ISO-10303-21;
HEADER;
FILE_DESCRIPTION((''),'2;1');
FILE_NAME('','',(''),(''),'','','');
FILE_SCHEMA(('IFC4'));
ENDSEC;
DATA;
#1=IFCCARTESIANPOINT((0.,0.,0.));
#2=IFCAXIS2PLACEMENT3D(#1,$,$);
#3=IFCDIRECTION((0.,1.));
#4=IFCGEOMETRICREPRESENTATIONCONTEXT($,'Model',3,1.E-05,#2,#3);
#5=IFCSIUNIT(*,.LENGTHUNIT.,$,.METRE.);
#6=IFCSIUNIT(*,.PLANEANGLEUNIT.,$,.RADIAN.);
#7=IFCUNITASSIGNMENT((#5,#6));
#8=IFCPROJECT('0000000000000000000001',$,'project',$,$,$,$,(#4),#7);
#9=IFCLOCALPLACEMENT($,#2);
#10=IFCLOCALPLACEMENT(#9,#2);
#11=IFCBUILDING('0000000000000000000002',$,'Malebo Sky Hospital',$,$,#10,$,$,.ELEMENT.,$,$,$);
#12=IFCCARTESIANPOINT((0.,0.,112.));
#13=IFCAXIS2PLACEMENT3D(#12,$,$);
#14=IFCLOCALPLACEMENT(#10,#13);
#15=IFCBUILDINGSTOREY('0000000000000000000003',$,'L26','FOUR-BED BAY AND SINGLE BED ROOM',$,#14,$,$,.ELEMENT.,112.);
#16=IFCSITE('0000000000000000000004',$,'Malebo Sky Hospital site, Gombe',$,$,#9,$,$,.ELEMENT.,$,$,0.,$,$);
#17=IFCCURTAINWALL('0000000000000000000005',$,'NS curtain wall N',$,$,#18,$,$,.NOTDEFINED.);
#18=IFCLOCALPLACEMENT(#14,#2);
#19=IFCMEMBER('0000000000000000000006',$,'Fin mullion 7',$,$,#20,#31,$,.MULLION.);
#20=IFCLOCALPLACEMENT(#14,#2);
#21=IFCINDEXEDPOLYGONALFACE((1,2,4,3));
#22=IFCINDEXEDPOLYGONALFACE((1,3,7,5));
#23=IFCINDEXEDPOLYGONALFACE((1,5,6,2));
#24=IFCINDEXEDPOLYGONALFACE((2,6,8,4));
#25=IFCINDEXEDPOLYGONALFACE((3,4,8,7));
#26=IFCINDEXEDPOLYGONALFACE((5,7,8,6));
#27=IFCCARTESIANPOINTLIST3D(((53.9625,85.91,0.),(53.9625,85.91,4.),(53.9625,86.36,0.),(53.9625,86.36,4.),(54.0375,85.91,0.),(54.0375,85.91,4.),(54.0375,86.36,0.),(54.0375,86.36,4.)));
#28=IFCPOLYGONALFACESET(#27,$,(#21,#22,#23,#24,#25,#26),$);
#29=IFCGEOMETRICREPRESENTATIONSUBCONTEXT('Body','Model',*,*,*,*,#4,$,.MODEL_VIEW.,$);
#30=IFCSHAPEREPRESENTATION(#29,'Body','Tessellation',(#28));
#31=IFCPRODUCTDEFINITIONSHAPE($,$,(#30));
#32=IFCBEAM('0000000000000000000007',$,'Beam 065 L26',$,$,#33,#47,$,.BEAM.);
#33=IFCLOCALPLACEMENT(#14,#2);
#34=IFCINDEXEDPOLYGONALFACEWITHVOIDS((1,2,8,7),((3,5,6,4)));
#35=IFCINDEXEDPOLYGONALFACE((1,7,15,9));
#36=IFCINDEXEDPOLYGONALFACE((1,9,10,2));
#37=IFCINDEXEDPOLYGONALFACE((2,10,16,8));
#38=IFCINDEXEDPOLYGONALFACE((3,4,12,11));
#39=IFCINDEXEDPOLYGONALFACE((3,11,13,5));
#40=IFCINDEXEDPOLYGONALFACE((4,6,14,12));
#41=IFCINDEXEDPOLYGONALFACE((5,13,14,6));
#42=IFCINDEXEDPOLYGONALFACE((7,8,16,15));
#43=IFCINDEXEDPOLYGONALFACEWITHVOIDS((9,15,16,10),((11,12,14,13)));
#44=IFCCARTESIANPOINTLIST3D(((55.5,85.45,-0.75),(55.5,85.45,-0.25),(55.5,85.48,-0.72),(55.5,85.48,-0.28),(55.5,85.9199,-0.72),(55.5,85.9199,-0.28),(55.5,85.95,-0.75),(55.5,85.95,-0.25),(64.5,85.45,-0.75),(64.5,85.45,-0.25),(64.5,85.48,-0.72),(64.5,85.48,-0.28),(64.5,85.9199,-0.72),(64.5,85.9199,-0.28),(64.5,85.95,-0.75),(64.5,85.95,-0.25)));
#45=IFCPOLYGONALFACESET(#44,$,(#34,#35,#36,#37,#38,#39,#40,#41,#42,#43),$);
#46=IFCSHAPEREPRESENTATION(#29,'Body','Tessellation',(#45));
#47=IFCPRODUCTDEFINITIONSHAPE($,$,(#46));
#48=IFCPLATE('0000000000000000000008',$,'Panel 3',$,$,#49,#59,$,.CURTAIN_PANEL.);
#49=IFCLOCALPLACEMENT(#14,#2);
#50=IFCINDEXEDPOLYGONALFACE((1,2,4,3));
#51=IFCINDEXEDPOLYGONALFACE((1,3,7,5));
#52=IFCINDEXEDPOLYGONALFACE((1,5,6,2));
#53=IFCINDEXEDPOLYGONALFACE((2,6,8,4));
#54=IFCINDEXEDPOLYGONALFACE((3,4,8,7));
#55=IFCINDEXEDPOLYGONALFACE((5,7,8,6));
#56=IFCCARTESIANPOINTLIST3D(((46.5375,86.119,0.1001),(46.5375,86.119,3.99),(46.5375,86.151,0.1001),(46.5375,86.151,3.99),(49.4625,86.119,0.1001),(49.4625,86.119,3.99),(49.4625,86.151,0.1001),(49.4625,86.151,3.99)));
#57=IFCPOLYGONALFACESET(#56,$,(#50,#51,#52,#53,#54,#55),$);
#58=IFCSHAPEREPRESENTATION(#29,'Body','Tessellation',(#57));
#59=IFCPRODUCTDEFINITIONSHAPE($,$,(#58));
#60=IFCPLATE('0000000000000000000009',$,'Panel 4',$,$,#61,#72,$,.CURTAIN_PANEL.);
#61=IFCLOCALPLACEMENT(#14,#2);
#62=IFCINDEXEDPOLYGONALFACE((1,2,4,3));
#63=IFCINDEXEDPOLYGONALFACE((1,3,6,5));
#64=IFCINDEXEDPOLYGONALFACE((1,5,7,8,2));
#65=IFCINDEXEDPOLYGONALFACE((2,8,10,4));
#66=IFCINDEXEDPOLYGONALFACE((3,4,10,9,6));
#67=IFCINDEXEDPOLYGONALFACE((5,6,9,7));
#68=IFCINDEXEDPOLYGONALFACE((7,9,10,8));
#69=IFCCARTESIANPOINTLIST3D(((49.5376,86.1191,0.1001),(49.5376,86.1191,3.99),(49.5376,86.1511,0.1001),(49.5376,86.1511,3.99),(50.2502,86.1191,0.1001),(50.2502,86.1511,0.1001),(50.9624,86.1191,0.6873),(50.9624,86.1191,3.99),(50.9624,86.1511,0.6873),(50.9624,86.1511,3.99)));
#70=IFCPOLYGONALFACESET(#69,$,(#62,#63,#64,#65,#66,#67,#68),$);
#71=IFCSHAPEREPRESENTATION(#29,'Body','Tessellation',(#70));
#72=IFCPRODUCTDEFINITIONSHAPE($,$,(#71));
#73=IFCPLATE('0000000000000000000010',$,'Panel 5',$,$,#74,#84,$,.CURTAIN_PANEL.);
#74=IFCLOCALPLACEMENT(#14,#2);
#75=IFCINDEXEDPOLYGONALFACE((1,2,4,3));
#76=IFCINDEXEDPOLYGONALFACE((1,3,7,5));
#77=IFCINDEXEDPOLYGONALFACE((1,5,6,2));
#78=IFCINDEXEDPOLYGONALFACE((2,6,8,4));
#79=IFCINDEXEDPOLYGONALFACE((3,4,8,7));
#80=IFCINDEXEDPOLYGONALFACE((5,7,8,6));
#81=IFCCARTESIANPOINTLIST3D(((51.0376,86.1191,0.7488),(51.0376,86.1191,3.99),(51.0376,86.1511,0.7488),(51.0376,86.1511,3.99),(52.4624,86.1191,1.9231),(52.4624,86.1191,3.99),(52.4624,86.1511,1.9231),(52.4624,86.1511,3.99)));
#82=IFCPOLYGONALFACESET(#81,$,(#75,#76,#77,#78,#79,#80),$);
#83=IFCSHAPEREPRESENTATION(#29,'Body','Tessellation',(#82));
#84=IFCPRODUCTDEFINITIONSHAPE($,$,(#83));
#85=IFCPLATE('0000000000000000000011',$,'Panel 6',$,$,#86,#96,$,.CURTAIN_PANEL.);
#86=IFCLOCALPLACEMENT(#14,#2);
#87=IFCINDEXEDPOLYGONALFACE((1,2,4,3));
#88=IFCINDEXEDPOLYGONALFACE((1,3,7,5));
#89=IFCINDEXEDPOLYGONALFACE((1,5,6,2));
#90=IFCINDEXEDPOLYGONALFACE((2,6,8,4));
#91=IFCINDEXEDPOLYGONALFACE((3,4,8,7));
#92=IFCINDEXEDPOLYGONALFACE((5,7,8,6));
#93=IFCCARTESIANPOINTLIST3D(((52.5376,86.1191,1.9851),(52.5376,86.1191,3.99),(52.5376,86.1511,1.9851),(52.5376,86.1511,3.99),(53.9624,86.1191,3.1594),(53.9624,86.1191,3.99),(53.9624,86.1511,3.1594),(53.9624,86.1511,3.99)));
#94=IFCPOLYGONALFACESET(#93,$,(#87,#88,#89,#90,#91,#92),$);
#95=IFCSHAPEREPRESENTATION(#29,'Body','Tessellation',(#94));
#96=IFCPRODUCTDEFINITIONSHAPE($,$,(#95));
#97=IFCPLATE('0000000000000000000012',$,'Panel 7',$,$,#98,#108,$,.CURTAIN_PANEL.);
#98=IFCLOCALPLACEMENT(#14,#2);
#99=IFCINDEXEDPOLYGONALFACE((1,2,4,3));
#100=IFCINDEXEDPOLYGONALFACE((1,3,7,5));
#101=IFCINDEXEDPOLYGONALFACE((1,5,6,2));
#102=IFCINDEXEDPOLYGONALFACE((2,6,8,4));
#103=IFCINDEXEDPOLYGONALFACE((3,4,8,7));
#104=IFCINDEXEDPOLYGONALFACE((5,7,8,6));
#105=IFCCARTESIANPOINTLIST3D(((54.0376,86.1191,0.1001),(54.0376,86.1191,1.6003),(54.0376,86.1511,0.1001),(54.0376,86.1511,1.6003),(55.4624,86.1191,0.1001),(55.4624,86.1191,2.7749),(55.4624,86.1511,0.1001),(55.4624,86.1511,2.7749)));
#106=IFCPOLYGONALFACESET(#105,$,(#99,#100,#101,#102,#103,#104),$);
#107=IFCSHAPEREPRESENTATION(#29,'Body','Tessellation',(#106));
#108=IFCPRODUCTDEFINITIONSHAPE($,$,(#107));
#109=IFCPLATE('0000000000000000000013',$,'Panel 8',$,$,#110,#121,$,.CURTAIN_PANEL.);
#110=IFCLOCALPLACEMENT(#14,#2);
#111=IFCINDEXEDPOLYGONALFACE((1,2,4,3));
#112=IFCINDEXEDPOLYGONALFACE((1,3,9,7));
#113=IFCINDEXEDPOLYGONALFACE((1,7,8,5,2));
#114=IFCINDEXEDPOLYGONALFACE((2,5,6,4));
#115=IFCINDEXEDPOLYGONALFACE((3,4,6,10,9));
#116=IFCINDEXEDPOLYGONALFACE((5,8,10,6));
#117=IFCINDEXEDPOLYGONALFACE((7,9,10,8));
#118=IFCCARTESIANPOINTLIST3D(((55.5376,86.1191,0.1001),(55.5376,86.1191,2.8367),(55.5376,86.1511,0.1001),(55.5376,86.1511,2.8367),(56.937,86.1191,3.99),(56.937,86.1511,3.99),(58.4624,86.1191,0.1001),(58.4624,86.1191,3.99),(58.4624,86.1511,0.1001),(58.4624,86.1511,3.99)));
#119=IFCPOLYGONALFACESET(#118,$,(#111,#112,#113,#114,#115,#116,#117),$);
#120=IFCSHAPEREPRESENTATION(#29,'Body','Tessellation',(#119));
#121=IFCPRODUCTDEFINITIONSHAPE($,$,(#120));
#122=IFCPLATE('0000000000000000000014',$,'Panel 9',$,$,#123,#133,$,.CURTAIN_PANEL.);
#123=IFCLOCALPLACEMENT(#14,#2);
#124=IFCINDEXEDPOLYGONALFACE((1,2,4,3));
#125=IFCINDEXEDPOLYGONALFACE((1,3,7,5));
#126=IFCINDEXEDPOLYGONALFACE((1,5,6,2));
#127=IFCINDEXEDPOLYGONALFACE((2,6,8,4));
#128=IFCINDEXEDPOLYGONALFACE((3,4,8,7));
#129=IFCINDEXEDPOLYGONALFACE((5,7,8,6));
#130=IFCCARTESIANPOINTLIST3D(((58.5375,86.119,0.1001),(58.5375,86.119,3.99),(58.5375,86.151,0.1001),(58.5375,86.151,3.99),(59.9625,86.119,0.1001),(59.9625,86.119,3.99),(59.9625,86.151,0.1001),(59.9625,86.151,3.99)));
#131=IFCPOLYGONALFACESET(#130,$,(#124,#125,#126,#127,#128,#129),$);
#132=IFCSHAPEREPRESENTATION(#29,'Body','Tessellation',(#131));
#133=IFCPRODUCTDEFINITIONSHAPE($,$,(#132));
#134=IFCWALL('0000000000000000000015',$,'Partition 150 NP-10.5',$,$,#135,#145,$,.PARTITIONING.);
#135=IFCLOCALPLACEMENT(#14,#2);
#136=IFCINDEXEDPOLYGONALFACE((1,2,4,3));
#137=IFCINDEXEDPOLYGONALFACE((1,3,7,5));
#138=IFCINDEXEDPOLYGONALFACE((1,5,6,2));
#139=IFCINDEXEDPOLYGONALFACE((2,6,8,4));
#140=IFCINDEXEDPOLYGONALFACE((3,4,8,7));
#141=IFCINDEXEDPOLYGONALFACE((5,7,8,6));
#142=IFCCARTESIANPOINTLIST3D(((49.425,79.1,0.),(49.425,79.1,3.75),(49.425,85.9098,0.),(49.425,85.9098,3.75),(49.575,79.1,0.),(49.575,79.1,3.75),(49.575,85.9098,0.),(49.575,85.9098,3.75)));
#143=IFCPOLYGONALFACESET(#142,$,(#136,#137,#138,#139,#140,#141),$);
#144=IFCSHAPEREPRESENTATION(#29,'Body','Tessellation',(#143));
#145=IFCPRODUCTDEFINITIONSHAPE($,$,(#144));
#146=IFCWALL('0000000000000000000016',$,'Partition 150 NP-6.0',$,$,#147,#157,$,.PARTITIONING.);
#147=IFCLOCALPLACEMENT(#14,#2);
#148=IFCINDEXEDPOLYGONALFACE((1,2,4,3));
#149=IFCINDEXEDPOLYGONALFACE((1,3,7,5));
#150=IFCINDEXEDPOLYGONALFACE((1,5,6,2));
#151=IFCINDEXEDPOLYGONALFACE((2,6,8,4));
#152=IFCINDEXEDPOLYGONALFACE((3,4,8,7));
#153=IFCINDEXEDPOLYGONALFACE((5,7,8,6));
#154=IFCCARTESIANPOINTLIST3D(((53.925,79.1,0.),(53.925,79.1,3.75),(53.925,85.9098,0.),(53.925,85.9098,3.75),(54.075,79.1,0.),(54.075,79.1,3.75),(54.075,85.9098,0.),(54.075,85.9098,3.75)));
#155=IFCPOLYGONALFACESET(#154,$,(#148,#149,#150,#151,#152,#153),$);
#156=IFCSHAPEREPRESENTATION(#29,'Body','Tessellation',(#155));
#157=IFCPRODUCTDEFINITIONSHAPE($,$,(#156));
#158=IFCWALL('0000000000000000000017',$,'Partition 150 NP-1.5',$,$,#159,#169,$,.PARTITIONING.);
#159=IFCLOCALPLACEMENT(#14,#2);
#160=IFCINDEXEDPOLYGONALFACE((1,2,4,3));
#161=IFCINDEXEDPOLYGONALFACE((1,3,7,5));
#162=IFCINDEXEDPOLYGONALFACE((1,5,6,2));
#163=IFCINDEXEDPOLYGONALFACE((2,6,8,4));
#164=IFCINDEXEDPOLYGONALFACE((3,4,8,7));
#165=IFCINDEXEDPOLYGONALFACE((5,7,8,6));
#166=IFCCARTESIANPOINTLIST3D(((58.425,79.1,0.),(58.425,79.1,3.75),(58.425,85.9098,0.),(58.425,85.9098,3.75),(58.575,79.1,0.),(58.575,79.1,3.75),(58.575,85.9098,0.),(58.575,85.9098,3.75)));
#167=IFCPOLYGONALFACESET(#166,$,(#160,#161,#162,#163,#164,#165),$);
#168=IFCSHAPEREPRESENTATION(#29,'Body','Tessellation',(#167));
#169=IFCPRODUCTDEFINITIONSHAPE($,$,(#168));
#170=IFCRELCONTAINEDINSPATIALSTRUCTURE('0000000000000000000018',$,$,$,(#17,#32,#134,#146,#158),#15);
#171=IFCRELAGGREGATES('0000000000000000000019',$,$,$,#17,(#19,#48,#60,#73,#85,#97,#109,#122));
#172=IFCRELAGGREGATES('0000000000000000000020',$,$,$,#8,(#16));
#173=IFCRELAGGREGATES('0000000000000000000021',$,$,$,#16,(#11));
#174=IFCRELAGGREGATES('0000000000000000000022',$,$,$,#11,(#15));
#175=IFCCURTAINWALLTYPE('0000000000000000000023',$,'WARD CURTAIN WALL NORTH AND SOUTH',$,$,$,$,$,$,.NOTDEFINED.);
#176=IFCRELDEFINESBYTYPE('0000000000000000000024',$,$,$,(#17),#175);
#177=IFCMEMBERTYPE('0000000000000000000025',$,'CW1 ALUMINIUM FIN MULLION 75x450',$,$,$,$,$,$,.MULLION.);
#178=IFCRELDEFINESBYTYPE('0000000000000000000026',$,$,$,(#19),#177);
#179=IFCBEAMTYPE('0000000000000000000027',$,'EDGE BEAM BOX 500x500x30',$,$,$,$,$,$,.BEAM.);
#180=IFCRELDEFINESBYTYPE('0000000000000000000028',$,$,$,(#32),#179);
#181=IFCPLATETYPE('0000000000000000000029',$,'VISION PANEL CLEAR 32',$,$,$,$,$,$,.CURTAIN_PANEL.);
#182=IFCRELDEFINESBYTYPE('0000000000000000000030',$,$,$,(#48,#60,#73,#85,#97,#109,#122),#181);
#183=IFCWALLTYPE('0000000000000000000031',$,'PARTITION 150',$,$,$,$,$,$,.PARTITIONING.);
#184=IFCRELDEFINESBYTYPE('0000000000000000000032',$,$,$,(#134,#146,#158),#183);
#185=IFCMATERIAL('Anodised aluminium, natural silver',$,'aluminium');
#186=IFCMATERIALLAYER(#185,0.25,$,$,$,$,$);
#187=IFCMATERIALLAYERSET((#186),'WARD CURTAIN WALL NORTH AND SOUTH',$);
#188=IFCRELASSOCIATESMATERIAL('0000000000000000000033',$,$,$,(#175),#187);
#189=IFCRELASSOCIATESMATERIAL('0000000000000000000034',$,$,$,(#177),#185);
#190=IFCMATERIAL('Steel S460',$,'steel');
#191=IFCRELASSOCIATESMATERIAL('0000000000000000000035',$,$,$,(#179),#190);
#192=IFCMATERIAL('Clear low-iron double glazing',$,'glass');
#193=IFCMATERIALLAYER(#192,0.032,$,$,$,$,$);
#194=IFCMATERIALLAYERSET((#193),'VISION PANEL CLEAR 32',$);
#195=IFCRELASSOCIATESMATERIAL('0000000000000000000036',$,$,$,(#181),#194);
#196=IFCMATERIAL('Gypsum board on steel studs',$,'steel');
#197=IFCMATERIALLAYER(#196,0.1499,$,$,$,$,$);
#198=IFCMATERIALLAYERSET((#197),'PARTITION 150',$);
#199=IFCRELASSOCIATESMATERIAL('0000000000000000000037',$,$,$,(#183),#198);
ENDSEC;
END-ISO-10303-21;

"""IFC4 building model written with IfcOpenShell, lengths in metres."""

from ifc_helpers import new_model, si_unit, direction, frame, frame_2d, origin, origin_2d, place, context, subcontext, project, spatial, polyline, rectangle, hollow_rectangle, outline, extrude, material, layer, layer_set, material_profile, profile_set, type_object, element, aggregate, save


model = new_model("IFC4")

# Units and contexts
model_context = context("Model", 3, precision=1e-05, world=origin(), true_north=direction((0.0, 1.0)))
body_context = subcontext(model_context, "Body", "Model", "MODEL_VIEW")
ifc_project = project(units=[si_unit("LENGTHUNIT", "METRE"), si_unit("PLANEANGLEUNIT", "RADIAN")], contexts=[model_context])

# Site, building, storey
site_placement = place(None, origin())
site = spatial("IfcSite", under=ifc_project, at=site_placement, Name="Malebo Sky Hospital site, Gombe", CompositionType="ELEMENT", RefElevation=0.0)
building_placement = place(site_placement, origin())
building = spatial("IfcBuilding", under=site, at=building_placement, Name="Malebo Sky Hospital", CompositionType="ELEMENT")
storey_placement = place(building_placement, frame((0.0, 0.0, 112.0)))
storey = spatial("IfcBuildingStorey", under=building, at=storey_placement, Name="L26", Description="FOUR-BED BAY AND SINGLE BED ROOM", CompositionType="ELEMENT", Elevation=112.0)

# Shared definitions
ifc_material_1 = material(Name="Steel S460", Category="steel")

# Curtain wall
ifc_material_2 = material(Name="Anodised aluminium, natural silver", Category="aluminium")
ifc_layer_1 = layer(ifc_material_2, 0.25)
ifc_layer_set_1 = layer_set([ifc_layer_1], Name="WARD CURTAIN WALL NORTH AND SOUTH")
curtain_wall_type = type_object("IfcCurtainWallType", Name="WARD CURTAIN WALL NORTH AND SOUTH", PredefinedType="NOTDEFINED", material=ifc_layer_set_1)
curtain_wall_placement = place(storey_placement, origin())
curtain_wall = element("IfcCurtainWall", 1, at=curtain_wall_placement, inside=storey, type_object=curtain_wall_type, Name="NS curtain wall N", PredefinedType="NOTDEFINED")

# Member
ifc_material_profile_1 = material_profile(ifc_material_2, rectangle(XDim=0.075, YDim=0.45, at=origin_2d()), Name="CW1 ALUMINIUM FIN MULLION 75x450")
ifc_profile_set_1 = profile_set([ifc_material_profile_1], Name="Anodised aluminium, natural silver")
member_type_1 = type_object("IfcMemberType", Name="CW1 ALUMINIUM FIN MULLION 75x450", PredefinedType="MULLION", material=ifc_profile_set_1)
member_1_placement = place(storey_placement, frame((54.0, 86.135, 0.0), z_axis=(0.0, 0.0, 1.0), x_axis=(1.0, 0.0, 0.0)))
member_1 = element("IfcMember", 2, at=member_1_placement, type_object=member_type_1, Name="Fin mullion 7", PredefinedType="MULLION", context=body_context, shape_type="SweptSolid", body=[
    extrude(rectangle(XDim=0.075, YDim=0.45, at=origin_2d()), origin(), (0.0, 0.0, 1.0), 4.0),
])

# Beam
ifc_material_profile_2 = material_profile(ifc_material_1, hollow_rectangle(XDim=0.5, YDim=0.5, WallThickness=0.03, at=origin_2d()), Name="BOX 500x500x30")
ifc_profile_set_2 = profile_set([ifc_material_profile_2], Name="Steel S460")
beam_type = type_object("IfcBeamType", Name="EDGE BEAM BOX 500x500x30", PredefinedType="BEAM", material=ifc_profile_set_2)
beam_placement = place(storey_placement, frame((55.5, 85.7, -0.5), z_axis=(1.0, 0.0, 0.0), x_axis=(0.0, 1.0, 0.0)))
element("IfcBeam", 3, at=beam_placement, inside=storey, type_object=beam_type, Name="Beam 065 L26", PredefinedType="BEAM", context=body_context, shape_type="SweptSolid", body=[
    extrude(hollow_rectangle(XDim=0.5, YDim=0.5, WallThickness=0.03, at=origin_2d()), origin(), (0.0, 0.0, 1.0), 9.0),
])

# Plates
ifc_material_3 = material(Name="Clear low-iron double glazing", Category="glass")
ifc_layer_2 = layer(ifc_material_3, 0.032)
ifc_layer_set_2 = layer_set([ifc_layer_2], Name="VISION PANEL CLEAR 32")
plate_type = type_object("IfcPlateType", Name="VISION PANEL CLEAR 32", PredefinedType="CURTAIN_PANEL", material=ifc_layer_set_2)
plate_1_placement = place(storey_placement, frame((48.0, 86.135, 0.1001), z_axis=(0.0, 0.0, 1.0), x_axis=(1.0, 0.0, 0.0)))
plate_1 = element("IfcPlate", 4, at=plate_1_placement, type_object=plate_type, Name="Panel 3", PredefinedType="CURTAIN_PANEL", context=body_context, shape_type="SweptSolid", body=[
    extrude(rectangle(XDim=2.925, YDim=0.032, at=origin_2d()), origin(), (0.0, 0.0, 1.0), 3.8899),
])
plate_2_placement = place(storey_placement, frame((50.25, 86.135, 0.1001), z_axis=(0.0, 0.0, 1.0), x_axis=(1.0, 0.0, 0.0)))
plate_2 = element("IfcPlate", 5, at=plate_2_placement, type_object=plate_type, Name="Panel 4", PredefinedType="CURTAIN_PANEL", context=body_context, shape_type="SweptSolid", body=[
    extrude(outline(polyline([(-0.7124, 0.0), (0.0002, 0.0), (0.7124, 0.5872), (0.7124, 3.8899), (-0.7124, 3.8899), (-0.7124, 0.0)])), frame((0.0, 0.0161, 0.0), z_axis=(0.0, -1.0, 0.0), x_axis=(1.0, 0.0, 0.0)), (0.0, 0.0, 1.0), 0.032),
])
plate_3_placement = place(storey_placement, frame((51.75, 86.135, 0.7488), z_axis=(0.0, 0.0, 1.0), x_axis=(1.0, 0.0, 0.0)))
plate_3 = element("IfcPlate", 6, at=plate_3_placement, type_object=plate_type, Name="Panel 5", PredefinedType="CURTAIN_PANEL", context=body_context, shape_type="SweptSolid", body=[
    extrude(outline(polyline([(-0.7124, 0.0), (0.7124, 1.1743), (0.7124, 3.2412), (-0.7124, 3.2412), (-0.7124, 0.0)])), frame((0.0, 0.0161, 0.0), z_axis=(0.0, -1.0, 0.0), x_axis=(1.0, 0.0, 0.0)), (0.0, 0.0, 1.0), 0.032),
])
plate_4_placement = place(storey_placement, frame((53.25, 86.135, 1.9851), z_axis=(0.0, 0.0, 1.0), x_axis=(1.0, 0.0, 0.0)))
plate_4 = element("IfcPlate", 7, at=plate_4_placement, type_object=plate_type, Name="Panel 6", PredefinedType="CURTAIN_PANEL", context=body_context, shape_type="SweptSolid", body=[
    extrude(outline(polyline([(-0.7124, 0.0), (0.7124, 1.1743), (0.7124, 2.0049), (-0.7124, 2.0049), (-0.7124, 0.0)])), frame((0.0, 0.0161, 0.0), z_axis=(0.0, -1.0, 0.0), x_axis=(1.0, 0.0, 0.0)), (0.0, 0.0, 1.0), 0.032),
])
plate_5_placement = place(storey_placement, frame((54.75, 86.135, 0.1001), z_axis=(0.0, 0.0, 1.0), x_axis=(1.0, 0.0, 0.0)))
plate_5 = element("IfcPlate", 8, at=plate_5_placement, type_object=plate_type, Name="Panel 7", PredefinedType="CURTAIN_PANEL", context=body_context, shape_type="SweptSolid", body=[
    extrude(outline(polyline([(-0.7124, 0.0), (0.7124, 0.0), (0.7124, 2.6748), (-0.7124, 1.5002), (-0.7124, 0.0)])), frame((0.0, 0.0161, 0.0), z_axis=(0.0, -1.0, 0.0), x_axis=(1.0, 0.0, 0.0)), (0.0, 0.0, 1.0), 0.032),
])
plate_6_placement = place(storey_placement, frame((57.0, 86.135, 0.1001), z_axis=(0.0, 0.0, 1.0), x_axis=(1.0, 0.0, 0.0)))
plate_6 = element("IfcPlate", 9, at=plate_6_placement, type_object=plate_type, Name="Panel 8", PredefinedType="CURTAIN_PANEL", context=body_context, shape_type="SweptSolid", body=[
    extrude(outline(polyline([(-1.4624, 0.0), (1.4624, 0.0), (1.4624, 3.8899), (-0.063, 3.8899), (-1.4624, 2.7366), (-1.4624, 0.0)])), frame((0.0, 0.0161, 0.0), z_axis=(0.0, -1.0, 0.0), x_axis=(1.0, 0.0, 0.0)), (0.0, 0.0, 1.0), 0.032),
])
plate_7_placement = place(storey_placement, frame((59.25, 86.135, 0.1001), z_axis=(0.0, 0.0, 1.0), x_axis=(1.0, 0.0, 0.0)))
plate_7 = element("IfcPlate", 10, at=plate_7_placement, type_object=plate_type, Name="Panel 9", PredefinedType="CURTAIN_PANEL", context=body_context, shape_type="SweptSolid", body=[
    extrude(rectangle(XDim=1.425, YDim=0.032, at=origin_2d()), origin(), (0.0, 0.0, 1.0), 3.8899),
])
aggregate(curtain_wall, [member_1, plate_1, plate_2, plate_3, plate_4, plate_5, plate_6, plate_7])

# Walls
ifc_material_4 = material(Name="Gypsum board on steel studs", Category="steel")
ifc_layer_3 = layer(ifc_material_4, 0.1499)
ifc_layer_set_3 = layer_set([ifc_layer_3], Name="PARTITION 150")
wall_type = type_object("IfcWallType", Name="PARTITION 150", PredefinedType="PARTITIONING", material=ifc_layer_set_3)
for number, where, z_axis, x_axis, name in (
    (11, (49.5, 79.1001, 0.0), (0.0, 0.0, 1.0), (0.0, 1.0, 0.0), "Partition 150 NP-10.5"),
    (12, (54.0, 79.1001, 0.0), (0.0, 0.0, 1.0), (0.0, 1.0, 0.0), "Partition 150 NP-6.0"),
    (13, (58.5, 79.1001, 0.0), (0.0, 0.0, 1.0), (0.0, 1.0, 0.0), "Partition 150 NP-1.5"),
):
    element("IfcWall", number, at=place(storey_placement, frame(where, z_axis=z_axis, x_axis=x_axis)), inside=storey, type_object=wall_type, Name=name, PredefinedType="PARTITIONING", context=body_context, shape_type="SweptSolid", body=[
        extrude(rectangle(XDim=6.8098, YDim=0.1499, at=frame_2d((3.4048, 0.0))), origin(), (0.0, 0.0, 1.0), 3.75),
    ])

save(model, "model.ifc")
